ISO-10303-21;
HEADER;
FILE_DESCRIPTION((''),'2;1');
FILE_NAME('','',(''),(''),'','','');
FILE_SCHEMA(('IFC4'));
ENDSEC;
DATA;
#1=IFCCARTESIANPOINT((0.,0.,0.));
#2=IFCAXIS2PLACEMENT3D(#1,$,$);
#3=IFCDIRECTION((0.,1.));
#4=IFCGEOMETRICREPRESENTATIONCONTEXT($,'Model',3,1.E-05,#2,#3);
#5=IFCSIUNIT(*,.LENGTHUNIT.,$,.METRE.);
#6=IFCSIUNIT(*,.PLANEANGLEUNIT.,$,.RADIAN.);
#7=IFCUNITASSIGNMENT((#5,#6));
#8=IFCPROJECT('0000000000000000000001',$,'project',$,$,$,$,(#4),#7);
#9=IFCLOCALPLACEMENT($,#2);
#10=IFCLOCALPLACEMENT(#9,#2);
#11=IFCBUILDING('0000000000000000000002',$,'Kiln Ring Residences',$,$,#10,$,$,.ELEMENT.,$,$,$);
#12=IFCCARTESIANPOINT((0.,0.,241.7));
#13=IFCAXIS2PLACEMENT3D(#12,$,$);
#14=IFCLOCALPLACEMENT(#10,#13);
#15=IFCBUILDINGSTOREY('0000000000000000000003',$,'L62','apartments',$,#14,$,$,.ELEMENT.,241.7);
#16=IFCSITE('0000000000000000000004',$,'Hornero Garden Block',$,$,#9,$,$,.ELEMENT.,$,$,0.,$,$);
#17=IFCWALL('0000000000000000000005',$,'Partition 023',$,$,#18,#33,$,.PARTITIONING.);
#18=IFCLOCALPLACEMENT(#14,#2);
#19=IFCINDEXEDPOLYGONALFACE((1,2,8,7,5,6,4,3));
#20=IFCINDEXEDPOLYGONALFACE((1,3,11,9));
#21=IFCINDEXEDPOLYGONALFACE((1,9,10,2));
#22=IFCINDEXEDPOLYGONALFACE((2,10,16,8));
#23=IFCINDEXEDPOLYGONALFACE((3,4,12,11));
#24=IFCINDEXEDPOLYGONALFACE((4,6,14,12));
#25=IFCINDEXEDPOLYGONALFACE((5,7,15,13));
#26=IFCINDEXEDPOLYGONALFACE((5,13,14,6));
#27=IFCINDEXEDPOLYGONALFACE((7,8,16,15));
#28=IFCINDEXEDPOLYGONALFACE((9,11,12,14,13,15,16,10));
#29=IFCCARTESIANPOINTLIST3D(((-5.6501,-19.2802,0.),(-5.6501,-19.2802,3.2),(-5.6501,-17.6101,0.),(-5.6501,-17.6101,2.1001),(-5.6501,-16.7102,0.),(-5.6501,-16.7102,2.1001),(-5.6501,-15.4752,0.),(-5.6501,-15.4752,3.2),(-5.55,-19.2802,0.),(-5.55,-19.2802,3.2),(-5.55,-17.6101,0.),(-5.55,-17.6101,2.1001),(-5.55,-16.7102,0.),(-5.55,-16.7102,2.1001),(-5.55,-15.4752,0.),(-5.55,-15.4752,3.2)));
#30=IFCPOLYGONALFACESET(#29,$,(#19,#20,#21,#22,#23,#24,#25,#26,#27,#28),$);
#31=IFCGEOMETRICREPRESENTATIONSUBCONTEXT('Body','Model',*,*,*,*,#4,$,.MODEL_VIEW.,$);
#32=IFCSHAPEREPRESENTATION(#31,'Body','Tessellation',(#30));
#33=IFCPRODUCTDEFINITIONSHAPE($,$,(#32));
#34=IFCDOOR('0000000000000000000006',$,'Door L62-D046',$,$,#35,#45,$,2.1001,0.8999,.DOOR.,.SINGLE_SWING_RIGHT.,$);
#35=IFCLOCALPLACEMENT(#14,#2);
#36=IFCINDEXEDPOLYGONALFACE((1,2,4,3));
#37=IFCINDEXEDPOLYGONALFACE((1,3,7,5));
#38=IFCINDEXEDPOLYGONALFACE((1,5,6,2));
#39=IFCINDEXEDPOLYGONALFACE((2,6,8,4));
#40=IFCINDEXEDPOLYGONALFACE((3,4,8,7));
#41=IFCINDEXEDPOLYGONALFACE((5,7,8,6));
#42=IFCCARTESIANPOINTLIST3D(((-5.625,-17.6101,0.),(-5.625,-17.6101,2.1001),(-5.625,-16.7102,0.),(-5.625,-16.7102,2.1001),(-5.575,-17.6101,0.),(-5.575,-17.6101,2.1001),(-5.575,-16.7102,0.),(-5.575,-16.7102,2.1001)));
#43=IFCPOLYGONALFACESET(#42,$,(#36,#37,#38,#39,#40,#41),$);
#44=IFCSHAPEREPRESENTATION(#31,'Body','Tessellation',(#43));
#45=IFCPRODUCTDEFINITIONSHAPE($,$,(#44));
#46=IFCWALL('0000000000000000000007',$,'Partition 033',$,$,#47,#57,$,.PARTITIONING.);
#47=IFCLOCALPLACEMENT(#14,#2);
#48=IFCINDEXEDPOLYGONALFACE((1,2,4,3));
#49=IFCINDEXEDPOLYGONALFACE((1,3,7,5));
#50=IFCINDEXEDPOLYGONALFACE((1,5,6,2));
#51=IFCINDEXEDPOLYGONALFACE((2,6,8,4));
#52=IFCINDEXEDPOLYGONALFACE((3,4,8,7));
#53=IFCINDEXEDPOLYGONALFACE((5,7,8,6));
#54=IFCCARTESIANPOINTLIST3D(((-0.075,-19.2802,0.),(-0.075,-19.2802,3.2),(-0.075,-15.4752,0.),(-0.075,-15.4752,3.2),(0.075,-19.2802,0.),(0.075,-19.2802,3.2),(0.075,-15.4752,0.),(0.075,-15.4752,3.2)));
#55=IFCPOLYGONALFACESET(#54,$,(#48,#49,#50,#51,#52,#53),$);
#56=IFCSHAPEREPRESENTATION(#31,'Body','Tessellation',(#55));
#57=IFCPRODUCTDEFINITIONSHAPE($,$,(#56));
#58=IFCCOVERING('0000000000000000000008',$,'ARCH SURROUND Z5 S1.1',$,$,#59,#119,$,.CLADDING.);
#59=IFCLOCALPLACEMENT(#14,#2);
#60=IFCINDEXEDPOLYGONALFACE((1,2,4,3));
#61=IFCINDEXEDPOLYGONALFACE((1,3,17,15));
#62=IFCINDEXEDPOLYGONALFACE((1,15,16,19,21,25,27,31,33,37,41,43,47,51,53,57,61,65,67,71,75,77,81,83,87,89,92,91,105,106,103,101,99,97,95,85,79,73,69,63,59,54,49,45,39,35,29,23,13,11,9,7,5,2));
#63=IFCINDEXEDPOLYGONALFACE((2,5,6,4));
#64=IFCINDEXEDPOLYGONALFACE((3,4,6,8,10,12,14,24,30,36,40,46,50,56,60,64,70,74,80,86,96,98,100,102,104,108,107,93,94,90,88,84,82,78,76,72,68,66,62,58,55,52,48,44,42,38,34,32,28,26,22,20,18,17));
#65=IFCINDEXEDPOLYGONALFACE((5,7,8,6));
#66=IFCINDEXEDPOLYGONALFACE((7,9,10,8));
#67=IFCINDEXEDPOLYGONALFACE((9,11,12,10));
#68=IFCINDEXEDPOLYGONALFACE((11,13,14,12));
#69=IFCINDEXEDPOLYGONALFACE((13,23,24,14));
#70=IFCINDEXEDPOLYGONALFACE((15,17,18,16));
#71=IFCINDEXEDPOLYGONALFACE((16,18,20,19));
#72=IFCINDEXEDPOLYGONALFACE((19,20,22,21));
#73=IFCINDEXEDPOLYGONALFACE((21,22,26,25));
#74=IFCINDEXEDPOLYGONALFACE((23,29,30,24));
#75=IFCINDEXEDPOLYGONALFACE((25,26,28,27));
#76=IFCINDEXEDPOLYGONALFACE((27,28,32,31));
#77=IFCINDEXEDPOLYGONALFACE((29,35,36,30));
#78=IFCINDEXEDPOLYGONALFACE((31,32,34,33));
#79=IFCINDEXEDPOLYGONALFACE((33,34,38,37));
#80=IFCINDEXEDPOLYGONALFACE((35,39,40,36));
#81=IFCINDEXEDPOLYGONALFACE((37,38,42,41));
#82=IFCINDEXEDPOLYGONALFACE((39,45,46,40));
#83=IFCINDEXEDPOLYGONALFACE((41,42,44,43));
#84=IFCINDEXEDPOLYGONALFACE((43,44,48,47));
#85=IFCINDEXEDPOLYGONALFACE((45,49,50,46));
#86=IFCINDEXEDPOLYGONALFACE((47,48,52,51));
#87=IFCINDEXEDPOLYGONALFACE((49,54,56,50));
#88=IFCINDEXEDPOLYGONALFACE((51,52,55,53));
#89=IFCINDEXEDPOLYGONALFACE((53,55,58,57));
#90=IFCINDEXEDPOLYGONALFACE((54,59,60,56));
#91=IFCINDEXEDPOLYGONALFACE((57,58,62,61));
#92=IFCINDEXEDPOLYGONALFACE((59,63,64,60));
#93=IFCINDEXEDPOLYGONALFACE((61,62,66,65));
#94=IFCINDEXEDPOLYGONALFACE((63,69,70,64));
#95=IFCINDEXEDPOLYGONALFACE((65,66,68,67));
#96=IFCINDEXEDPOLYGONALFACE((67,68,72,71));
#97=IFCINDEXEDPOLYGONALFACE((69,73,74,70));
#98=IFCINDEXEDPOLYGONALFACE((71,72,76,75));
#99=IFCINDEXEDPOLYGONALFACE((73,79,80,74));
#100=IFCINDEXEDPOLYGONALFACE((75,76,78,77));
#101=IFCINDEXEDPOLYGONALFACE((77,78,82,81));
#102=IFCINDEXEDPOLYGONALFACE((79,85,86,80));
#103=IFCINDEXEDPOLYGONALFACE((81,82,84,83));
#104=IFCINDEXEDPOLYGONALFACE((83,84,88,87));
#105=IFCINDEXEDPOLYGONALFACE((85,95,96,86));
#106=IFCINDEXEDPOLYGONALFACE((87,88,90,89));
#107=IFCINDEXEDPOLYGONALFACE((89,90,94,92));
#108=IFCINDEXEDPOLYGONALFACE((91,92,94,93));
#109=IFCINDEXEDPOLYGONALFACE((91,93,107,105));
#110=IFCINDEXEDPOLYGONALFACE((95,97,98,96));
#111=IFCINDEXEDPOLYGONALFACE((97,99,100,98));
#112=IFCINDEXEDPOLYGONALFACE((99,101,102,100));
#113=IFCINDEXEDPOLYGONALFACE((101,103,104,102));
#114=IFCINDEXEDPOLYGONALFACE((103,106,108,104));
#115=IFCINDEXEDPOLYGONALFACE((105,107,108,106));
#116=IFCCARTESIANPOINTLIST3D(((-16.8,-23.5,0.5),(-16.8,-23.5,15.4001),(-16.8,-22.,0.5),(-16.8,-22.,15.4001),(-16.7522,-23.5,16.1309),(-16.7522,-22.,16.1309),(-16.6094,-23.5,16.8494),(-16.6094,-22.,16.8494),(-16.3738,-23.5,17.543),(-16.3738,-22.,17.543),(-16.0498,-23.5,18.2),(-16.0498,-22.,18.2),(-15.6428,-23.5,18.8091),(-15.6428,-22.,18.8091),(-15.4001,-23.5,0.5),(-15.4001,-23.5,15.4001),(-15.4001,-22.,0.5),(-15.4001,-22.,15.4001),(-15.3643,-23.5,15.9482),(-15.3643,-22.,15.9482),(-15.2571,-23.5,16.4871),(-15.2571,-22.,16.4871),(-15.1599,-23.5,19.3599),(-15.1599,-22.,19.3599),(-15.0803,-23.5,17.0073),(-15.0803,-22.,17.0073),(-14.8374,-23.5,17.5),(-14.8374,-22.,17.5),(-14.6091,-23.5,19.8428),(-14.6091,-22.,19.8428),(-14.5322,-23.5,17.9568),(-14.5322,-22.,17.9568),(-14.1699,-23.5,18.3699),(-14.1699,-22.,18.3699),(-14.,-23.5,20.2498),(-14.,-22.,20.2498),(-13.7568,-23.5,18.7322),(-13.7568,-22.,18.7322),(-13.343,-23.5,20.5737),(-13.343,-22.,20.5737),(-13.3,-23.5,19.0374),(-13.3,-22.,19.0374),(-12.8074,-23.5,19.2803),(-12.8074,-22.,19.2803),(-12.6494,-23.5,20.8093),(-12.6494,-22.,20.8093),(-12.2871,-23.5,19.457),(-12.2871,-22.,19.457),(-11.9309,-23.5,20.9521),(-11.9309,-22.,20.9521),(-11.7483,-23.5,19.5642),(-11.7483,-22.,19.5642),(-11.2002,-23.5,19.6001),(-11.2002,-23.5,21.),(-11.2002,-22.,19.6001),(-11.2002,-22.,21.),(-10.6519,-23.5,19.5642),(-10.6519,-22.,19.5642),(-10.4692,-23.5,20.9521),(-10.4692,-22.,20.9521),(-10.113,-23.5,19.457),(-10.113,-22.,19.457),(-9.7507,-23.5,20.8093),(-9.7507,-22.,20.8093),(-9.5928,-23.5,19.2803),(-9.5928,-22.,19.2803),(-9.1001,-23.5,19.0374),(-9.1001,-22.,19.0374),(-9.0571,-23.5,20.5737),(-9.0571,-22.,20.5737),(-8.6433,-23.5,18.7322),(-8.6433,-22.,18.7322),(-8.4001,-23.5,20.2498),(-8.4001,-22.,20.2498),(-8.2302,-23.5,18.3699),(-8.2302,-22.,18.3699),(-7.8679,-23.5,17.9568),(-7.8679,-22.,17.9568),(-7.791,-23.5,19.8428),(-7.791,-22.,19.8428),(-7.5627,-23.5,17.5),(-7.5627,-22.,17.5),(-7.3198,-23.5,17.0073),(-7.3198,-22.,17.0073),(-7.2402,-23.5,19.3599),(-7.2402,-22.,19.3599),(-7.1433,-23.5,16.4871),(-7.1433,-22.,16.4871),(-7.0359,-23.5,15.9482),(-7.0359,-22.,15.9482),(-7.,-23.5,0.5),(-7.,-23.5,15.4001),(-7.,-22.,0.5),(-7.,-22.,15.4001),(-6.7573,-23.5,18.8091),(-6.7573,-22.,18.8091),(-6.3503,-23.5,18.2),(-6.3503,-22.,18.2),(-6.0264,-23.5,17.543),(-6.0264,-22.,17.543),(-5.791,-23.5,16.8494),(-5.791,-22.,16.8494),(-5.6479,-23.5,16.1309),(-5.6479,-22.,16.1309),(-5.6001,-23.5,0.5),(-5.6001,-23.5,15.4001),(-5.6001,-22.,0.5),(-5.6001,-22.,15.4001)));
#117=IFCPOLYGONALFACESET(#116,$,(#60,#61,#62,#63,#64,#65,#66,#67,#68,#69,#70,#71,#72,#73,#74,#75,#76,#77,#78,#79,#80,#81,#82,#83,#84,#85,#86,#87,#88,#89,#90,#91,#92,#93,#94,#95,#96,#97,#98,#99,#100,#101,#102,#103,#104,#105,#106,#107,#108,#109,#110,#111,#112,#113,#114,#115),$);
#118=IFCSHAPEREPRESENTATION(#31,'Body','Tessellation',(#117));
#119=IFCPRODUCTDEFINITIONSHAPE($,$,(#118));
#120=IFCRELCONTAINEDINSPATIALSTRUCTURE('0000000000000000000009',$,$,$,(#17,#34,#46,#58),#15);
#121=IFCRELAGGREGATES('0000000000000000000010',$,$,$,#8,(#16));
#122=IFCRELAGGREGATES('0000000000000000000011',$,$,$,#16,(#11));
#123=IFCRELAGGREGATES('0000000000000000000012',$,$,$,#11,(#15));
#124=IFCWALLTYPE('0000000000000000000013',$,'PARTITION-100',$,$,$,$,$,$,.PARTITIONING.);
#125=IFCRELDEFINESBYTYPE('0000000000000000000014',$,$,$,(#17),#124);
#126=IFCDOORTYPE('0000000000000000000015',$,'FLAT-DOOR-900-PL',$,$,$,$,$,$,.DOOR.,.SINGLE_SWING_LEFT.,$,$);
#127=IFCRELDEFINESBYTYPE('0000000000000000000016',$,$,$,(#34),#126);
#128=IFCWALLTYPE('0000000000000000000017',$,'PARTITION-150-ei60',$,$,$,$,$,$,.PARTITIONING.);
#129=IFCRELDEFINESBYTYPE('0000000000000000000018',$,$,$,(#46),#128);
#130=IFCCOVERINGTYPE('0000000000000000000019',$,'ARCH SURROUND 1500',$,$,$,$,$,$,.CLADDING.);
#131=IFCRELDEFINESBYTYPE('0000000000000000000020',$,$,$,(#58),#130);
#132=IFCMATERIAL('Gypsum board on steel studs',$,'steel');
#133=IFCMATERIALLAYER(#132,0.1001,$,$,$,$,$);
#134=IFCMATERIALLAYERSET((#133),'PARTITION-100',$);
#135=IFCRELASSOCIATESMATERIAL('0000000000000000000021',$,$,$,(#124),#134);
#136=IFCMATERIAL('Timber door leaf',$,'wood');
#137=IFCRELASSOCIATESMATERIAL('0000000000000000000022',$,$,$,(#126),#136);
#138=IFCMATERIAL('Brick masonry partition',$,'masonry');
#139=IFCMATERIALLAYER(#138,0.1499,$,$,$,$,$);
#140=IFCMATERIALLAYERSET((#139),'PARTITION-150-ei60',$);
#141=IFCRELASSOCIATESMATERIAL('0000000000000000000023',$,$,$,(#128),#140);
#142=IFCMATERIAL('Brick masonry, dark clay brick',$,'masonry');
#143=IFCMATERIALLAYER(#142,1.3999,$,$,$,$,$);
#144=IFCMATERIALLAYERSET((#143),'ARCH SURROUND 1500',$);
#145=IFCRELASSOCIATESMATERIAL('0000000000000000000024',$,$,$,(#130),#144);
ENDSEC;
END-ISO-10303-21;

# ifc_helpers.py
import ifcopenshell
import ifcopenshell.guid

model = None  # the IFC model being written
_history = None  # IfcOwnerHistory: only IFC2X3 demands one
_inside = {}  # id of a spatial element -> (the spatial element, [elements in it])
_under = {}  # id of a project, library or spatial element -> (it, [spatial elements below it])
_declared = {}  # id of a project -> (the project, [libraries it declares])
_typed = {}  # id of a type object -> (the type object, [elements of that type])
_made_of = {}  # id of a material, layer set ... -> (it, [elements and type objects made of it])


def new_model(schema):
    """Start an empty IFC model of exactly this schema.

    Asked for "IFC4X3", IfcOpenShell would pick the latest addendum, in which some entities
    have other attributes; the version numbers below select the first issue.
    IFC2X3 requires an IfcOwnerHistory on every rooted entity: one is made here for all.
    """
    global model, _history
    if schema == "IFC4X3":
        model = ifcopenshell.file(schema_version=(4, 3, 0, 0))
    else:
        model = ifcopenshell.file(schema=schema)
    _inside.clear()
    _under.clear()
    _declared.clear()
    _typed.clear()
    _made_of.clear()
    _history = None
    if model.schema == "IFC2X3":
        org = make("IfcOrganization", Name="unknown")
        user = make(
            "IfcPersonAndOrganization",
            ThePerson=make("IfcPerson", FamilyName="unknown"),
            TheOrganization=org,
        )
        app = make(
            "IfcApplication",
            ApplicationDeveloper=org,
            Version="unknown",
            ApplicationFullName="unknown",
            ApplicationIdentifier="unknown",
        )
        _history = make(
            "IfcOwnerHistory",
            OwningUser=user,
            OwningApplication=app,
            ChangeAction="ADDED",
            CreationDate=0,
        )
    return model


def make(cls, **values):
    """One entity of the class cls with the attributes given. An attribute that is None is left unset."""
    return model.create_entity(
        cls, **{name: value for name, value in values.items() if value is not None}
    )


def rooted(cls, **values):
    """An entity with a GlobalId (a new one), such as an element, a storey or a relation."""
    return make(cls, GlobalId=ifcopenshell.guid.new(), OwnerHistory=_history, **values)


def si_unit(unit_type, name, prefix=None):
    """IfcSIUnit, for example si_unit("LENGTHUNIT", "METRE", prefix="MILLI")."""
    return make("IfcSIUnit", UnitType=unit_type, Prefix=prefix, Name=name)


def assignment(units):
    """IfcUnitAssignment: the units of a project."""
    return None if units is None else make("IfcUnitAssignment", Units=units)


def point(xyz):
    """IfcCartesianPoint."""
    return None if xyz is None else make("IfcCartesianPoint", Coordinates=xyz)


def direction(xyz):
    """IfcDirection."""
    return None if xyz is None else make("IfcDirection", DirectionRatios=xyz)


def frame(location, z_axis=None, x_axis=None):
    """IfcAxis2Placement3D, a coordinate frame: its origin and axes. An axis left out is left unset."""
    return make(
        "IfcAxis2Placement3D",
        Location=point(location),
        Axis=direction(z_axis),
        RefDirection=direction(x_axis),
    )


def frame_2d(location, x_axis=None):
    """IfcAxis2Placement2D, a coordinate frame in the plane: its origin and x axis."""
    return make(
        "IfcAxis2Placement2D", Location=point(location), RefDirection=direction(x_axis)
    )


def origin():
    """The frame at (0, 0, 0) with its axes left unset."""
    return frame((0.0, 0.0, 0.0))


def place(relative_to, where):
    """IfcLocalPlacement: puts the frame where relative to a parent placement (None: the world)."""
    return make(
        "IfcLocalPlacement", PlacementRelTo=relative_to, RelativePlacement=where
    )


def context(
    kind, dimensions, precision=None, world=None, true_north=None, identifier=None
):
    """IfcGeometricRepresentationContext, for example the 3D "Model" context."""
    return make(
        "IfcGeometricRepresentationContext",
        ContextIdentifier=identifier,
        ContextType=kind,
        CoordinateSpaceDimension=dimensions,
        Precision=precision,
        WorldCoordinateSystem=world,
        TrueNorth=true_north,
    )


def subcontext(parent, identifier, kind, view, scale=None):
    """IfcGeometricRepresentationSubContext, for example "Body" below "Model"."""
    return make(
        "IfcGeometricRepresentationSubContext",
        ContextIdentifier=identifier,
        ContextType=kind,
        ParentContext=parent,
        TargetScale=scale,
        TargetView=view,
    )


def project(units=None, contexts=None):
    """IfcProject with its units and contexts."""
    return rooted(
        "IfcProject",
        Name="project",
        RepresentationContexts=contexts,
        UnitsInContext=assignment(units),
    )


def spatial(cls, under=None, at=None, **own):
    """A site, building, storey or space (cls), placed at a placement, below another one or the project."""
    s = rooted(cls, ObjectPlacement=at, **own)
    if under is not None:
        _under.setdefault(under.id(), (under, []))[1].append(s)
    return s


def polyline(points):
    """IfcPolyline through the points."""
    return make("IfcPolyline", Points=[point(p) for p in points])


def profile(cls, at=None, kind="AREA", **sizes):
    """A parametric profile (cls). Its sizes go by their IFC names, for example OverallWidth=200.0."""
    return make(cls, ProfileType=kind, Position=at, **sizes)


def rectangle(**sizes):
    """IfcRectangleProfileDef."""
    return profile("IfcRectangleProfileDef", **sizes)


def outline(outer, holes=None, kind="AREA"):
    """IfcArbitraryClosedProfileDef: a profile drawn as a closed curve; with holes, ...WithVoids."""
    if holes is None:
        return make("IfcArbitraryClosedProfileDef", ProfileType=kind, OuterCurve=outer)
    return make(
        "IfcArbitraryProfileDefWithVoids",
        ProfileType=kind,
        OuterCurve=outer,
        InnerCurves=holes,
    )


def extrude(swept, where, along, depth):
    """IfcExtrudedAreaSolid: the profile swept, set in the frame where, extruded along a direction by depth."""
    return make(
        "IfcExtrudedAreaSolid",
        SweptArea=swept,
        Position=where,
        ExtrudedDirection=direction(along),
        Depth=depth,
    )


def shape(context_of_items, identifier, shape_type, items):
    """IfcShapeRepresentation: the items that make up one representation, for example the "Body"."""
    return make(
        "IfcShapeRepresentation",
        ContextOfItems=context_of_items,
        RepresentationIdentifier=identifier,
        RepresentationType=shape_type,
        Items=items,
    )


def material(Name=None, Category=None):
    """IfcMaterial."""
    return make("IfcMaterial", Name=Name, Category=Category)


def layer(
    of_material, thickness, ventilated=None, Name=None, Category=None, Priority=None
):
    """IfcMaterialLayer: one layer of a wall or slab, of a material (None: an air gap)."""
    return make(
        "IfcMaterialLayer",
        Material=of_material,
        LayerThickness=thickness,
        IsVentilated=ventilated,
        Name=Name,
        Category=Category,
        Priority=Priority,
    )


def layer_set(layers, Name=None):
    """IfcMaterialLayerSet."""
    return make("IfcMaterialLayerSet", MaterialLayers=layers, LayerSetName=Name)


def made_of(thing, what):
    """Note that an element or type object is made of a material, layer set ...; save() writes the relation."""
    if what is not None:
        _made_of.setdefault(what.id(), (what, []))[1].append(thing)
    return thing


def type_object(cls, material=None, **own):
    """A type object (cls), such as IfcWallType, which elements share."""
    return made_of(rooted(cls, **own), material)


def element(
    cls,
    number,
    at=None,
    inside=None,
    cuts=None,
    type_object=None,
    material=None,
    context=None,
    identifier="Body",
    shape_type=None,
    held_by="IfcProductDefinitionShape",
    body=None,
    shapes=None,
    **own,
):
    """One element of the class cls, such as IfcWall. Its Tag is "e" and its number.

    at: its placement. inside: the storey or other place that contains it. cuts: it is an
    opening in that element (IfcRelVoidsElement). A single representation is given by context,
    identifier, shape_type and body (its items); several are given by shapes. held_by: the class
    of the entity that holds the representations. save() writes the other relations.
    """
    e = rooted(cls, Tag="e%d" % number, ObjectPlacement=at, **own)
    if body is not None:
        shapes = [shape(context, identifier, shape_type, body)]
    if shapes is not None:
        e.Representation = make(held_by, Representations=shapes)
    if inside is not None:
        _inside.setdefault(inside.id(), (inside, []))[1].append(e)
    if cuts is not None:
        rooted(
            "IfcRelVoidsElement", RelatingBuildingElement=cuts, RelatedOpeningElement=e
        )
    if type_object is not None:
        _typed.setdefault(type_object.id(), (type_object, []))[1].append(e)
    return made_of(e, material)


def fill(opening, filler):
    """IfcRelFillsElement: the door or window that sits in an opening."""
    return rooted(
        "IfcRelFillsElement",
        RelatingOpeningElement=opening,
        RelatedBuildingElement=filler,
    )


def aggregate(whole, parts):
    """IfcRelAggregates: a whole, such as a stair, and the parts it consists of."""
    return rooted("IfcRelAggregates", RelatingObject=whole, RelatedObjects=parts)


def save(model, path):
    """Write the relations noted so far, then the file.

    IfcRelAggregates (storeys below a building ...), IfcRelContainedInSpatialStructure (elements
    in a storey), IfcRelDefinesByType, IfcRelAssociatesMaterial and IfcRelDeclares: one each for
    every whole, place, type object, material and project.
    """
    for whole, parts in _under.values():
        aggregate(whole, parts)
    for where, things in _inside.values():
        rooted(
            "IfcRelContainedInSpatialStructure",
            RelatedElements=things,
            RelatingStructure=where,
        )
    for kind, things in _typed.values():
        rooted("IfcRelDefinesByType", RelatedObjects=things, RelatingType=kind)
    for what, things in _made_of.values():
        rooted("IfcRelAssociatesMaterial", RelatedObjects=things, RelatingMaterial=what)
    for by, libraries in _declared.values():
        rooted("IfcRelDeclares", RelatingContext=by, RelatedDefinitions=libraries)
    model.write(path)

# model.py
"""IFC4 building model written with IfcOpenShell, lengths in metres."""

from ifc_helpers import new_model, si_unit, direction, frame, frame_2d, origin, place, context, subcontext, project, spatial, polyline, rectangle, outline, extrude, material, layer, layer_set, type_object, element, fill, save


model = new_model("IFC4")

# Units and contexts
model_context = context("Model", 3, precision=1e-05, world=origin(), true_north=direction((0.0, 1.0)))
body_context = subcontext(model_context, "Body", "Model", "MODEL_VIEW")
ifc_project = project(units=[si_unit("LENGTHUNIT", "METRE"), si_unit("PLANEANGLEUNIT", "RADIAN")], contexts=[model_context])

# Site, building, storey
site_placement = place(None, origin())
site = spatial("IfcSite", under=ifc_project, at=site_placement, Name="Hornero Garden Block", CompositionType="ELEMENT", RefElevation=0.0)
building_placement = place(site_placement, origin())
building = spatial("IfcBuilding", under=site, at=building_placement, Name="Kiln Ring Residences", CompositionType="ELEMENT")
storey_placement = place(building_placement, frame((0.0, 0.0, 241.7)))
storey = spatial("IfcBuildingStorey", under=building, at=storey_placement, Name="L62", Description="apartments", CompositionType="ELEMENT", Elevation=241.7)

# Wall, opening, door
ifc_material_1 = material(Name="Gypsum board on steel studs", Category="steel")
ifc_layer_1 = layer(ifc_material_1, 0.1001)
ifc_layer_set_1 = layer_set([ifc_layer_1], Name="PARTITION-100")
wall_type_1 = type_object("IfcWallType", Name="PARTITION-100", PredefinedType="PARTITIONING", material=ifc_layer_set_1)
wall_1_placement = place(storey_placement, frame((-5.6001, -19.28, 0.0), z_axis=(0.0, 0.0, 1.0), x_axis=(0.0, 1.0, 0.0)))
wall_1 = element("IfcWall", 1, at=wall_1_placement, inside=storey, type_object=wall_type_1, Name="Partition 023", PredefinedType="PARTITIONING", context=body_context, shape_type="SweptSolid", body=[
    extrude(rectangle(XDim=3.8049, YDim=0.1001, at=frame_2d((1.9023, 0.0))), origin(), (0.0, 0.0, 1.0), 3.2),
])
opening_1_placement = place(wall_1_placement, frame((1.6699, 0.0, 0.0)))
opening_1 = element("IfcOpeningElement", 2, at=opening_1_placement, cuts=wall_1, PredefinedType="OPENING", context=body_context, shape_type="SweptSolid", body=[
    extrude(rectangle(XDim=0.8999, YDim=2.1001, at=frame_2d((0.45, 1.05))), frame((0.0, 0.0601, 0.0), z_axis=(0.0, -1.0, 0.0), x_axis=(1.0, 0.0, 0.0)), (0.0, 0.0, 1.0), 0.1201),
])
ifc_material_2 = material(Name="Timber door leaf", Category="wood")
door_type = type_object("IfcDoorType", Name="FLAT-DOOR-900-PL", OperationType="SINGLE_SWING_LEFT", PredefinedType="DOOR", material=ifc_material_2)
door_placement = place(opening_1_placement, origin())
door = element("IfcDoor", 3, at=door_placement, inside=storey, type_object=door_type, Name="Door L62-D046", OperationType="SINGLE_SWING_RIGHT", OverallHeight=2.1001, OverallWidth=0.8999, PredefinedType="DOOR", context=body_context, shape_type="SweptSolid", body=[
    extrude(rectangle(XDim=0.8999, YDim=2.1001, at=frame_2d((0.45, 1.05))), frame((0.0, 0.0249, 0.0), z_axis=(0.0, -1.0, 0.0), x_axis=(1.0, 0.0, 0.0)), (0.0, 0.0, 1.0), 0.05),
])
fill(opening_1, door)

# Wall
ifc_material_3 = material(Name="Brick masonry partition", Category="masonry")
ifc_layer_2 = layer(ifc_material_3, 0.1499)
ifc_layer_set_2 = layer_set([ifc_layer_2], Name="PARTITION-150-ei60")
wall_type_2 = type_object("IfcWallType", Name="PARTITION-150-ei60", PredefinedType="PARTITIONING", material=ifc_layer_set_2)
wall_2_placement = place(storey_placement, frame((0.0, -19.28, 0.0), z_axis=(0.0, 0.0, 1.0), x_axis=(0.0, 1.0, 0.0)))
element("IfcWall", 4, at=wall_2_placement, inside=storey, type_object=wall_type_2, Name="Partition 033", PredefinedType="PARTITIONING", context=body_context, shape_type="SweptSolid", body=[
    extrude(rectangle(XDim=3.8049, YDim=0.1499, at=frame_2d((1.9023, 0.0))), origin(), (0.0, 0.0, 1.0), 3.2),
])

# Covering
ifc_material_4 = material(Name="Brick masonry, dark clay brick", Category="masonry")
ifc_layer_3 = layer(ifc_material_4, 1.3999)
ifc_layer_set_3 = layer_set([ifc_layer_3], Name="ARCH SURROUND 1500")
covering_type = type_object("IfcCoveringType", Name="ARCH SURROUND 1500", PredefinedType="CLADDING", material=ifc_layer_set_3)
covering_placement = place(storey_placement, frame((-5.6001, -22.75, 0.5), z_axis=(0.0, 0.0, 1.0), x_axis=(-1.0, 0.0, 0.0)))
element("IfcCovering", 5, at=covering_placement, inside=storey, type_object=covering_type, Name="ARCH SURROUND Z5 S1.1", PredefinedType="CLADDING", context=body_context, shape_type="SweptSolid", body=[
    extrude(outline(polyline([(11.2, 0.0), (11.2, 14.9001), (11.1521, 15.6309), (11.0093, 16.3494), (10.7737, 17.043), (10.4497, 17.7), (10.0427, 18.3091), (9.5598, 18.8599), (9.009, 19.3428), (8.3999, 19.7498), (7.7429, 20.0737), (7.0493, 20.3093), (6.3308, 20.4521), (5.6001, 20.5), (4.8691, 20.4521), (4.1506, 20.3093), (3.457, 20.0737), (2.8, 19.7498), (2.1909, 19.3428), (1.6401, 18.8599), (1.1572, 18.3091), (0.7502, 17.7), (0.4263, 17.043), (0.1909, 16.3494), (0.0479, 15.6309), (0.0, 14.9001), (0.0, 0.0), (1.3999, 0.0), (1.3999, 14.9001), (1.4358, 15.4482), (1.5432, 15.9871), (1.7197, 16.5073), (1.9626, 17.0), (2.2678, 17.4568), (2.6301, 17.8699), (3.0432, 18.2322), (3.5, 18.5374), (3.9927, 18.7803), (4.5129, 18.957), (5.0518, 19.0642), (5.6001, 19.1001), (6.1482, 19.0642), (6.687, 18.957), (7.2073, 18.7803), (7.7, 18.5374), (8.1567, 18.2322), (8.5698, 17.8699), (8.9321, 17.4568), (9.2373, 17.0), (9.4802, 16.5073), (9.657, 15.9871), (9.7642, 15.4482), (9.8, 14.9001), (9.8, 0.0), (11.2, 0.0)])), frame((0.0, 0.75, 0.0), z_axis=(0.0, -1.0, 0.0), x_axis=(1.0, 0.0, 0.0)), (0.0, 0.0, 1.0), 1.5),
])

save(model, "model.ifc")
